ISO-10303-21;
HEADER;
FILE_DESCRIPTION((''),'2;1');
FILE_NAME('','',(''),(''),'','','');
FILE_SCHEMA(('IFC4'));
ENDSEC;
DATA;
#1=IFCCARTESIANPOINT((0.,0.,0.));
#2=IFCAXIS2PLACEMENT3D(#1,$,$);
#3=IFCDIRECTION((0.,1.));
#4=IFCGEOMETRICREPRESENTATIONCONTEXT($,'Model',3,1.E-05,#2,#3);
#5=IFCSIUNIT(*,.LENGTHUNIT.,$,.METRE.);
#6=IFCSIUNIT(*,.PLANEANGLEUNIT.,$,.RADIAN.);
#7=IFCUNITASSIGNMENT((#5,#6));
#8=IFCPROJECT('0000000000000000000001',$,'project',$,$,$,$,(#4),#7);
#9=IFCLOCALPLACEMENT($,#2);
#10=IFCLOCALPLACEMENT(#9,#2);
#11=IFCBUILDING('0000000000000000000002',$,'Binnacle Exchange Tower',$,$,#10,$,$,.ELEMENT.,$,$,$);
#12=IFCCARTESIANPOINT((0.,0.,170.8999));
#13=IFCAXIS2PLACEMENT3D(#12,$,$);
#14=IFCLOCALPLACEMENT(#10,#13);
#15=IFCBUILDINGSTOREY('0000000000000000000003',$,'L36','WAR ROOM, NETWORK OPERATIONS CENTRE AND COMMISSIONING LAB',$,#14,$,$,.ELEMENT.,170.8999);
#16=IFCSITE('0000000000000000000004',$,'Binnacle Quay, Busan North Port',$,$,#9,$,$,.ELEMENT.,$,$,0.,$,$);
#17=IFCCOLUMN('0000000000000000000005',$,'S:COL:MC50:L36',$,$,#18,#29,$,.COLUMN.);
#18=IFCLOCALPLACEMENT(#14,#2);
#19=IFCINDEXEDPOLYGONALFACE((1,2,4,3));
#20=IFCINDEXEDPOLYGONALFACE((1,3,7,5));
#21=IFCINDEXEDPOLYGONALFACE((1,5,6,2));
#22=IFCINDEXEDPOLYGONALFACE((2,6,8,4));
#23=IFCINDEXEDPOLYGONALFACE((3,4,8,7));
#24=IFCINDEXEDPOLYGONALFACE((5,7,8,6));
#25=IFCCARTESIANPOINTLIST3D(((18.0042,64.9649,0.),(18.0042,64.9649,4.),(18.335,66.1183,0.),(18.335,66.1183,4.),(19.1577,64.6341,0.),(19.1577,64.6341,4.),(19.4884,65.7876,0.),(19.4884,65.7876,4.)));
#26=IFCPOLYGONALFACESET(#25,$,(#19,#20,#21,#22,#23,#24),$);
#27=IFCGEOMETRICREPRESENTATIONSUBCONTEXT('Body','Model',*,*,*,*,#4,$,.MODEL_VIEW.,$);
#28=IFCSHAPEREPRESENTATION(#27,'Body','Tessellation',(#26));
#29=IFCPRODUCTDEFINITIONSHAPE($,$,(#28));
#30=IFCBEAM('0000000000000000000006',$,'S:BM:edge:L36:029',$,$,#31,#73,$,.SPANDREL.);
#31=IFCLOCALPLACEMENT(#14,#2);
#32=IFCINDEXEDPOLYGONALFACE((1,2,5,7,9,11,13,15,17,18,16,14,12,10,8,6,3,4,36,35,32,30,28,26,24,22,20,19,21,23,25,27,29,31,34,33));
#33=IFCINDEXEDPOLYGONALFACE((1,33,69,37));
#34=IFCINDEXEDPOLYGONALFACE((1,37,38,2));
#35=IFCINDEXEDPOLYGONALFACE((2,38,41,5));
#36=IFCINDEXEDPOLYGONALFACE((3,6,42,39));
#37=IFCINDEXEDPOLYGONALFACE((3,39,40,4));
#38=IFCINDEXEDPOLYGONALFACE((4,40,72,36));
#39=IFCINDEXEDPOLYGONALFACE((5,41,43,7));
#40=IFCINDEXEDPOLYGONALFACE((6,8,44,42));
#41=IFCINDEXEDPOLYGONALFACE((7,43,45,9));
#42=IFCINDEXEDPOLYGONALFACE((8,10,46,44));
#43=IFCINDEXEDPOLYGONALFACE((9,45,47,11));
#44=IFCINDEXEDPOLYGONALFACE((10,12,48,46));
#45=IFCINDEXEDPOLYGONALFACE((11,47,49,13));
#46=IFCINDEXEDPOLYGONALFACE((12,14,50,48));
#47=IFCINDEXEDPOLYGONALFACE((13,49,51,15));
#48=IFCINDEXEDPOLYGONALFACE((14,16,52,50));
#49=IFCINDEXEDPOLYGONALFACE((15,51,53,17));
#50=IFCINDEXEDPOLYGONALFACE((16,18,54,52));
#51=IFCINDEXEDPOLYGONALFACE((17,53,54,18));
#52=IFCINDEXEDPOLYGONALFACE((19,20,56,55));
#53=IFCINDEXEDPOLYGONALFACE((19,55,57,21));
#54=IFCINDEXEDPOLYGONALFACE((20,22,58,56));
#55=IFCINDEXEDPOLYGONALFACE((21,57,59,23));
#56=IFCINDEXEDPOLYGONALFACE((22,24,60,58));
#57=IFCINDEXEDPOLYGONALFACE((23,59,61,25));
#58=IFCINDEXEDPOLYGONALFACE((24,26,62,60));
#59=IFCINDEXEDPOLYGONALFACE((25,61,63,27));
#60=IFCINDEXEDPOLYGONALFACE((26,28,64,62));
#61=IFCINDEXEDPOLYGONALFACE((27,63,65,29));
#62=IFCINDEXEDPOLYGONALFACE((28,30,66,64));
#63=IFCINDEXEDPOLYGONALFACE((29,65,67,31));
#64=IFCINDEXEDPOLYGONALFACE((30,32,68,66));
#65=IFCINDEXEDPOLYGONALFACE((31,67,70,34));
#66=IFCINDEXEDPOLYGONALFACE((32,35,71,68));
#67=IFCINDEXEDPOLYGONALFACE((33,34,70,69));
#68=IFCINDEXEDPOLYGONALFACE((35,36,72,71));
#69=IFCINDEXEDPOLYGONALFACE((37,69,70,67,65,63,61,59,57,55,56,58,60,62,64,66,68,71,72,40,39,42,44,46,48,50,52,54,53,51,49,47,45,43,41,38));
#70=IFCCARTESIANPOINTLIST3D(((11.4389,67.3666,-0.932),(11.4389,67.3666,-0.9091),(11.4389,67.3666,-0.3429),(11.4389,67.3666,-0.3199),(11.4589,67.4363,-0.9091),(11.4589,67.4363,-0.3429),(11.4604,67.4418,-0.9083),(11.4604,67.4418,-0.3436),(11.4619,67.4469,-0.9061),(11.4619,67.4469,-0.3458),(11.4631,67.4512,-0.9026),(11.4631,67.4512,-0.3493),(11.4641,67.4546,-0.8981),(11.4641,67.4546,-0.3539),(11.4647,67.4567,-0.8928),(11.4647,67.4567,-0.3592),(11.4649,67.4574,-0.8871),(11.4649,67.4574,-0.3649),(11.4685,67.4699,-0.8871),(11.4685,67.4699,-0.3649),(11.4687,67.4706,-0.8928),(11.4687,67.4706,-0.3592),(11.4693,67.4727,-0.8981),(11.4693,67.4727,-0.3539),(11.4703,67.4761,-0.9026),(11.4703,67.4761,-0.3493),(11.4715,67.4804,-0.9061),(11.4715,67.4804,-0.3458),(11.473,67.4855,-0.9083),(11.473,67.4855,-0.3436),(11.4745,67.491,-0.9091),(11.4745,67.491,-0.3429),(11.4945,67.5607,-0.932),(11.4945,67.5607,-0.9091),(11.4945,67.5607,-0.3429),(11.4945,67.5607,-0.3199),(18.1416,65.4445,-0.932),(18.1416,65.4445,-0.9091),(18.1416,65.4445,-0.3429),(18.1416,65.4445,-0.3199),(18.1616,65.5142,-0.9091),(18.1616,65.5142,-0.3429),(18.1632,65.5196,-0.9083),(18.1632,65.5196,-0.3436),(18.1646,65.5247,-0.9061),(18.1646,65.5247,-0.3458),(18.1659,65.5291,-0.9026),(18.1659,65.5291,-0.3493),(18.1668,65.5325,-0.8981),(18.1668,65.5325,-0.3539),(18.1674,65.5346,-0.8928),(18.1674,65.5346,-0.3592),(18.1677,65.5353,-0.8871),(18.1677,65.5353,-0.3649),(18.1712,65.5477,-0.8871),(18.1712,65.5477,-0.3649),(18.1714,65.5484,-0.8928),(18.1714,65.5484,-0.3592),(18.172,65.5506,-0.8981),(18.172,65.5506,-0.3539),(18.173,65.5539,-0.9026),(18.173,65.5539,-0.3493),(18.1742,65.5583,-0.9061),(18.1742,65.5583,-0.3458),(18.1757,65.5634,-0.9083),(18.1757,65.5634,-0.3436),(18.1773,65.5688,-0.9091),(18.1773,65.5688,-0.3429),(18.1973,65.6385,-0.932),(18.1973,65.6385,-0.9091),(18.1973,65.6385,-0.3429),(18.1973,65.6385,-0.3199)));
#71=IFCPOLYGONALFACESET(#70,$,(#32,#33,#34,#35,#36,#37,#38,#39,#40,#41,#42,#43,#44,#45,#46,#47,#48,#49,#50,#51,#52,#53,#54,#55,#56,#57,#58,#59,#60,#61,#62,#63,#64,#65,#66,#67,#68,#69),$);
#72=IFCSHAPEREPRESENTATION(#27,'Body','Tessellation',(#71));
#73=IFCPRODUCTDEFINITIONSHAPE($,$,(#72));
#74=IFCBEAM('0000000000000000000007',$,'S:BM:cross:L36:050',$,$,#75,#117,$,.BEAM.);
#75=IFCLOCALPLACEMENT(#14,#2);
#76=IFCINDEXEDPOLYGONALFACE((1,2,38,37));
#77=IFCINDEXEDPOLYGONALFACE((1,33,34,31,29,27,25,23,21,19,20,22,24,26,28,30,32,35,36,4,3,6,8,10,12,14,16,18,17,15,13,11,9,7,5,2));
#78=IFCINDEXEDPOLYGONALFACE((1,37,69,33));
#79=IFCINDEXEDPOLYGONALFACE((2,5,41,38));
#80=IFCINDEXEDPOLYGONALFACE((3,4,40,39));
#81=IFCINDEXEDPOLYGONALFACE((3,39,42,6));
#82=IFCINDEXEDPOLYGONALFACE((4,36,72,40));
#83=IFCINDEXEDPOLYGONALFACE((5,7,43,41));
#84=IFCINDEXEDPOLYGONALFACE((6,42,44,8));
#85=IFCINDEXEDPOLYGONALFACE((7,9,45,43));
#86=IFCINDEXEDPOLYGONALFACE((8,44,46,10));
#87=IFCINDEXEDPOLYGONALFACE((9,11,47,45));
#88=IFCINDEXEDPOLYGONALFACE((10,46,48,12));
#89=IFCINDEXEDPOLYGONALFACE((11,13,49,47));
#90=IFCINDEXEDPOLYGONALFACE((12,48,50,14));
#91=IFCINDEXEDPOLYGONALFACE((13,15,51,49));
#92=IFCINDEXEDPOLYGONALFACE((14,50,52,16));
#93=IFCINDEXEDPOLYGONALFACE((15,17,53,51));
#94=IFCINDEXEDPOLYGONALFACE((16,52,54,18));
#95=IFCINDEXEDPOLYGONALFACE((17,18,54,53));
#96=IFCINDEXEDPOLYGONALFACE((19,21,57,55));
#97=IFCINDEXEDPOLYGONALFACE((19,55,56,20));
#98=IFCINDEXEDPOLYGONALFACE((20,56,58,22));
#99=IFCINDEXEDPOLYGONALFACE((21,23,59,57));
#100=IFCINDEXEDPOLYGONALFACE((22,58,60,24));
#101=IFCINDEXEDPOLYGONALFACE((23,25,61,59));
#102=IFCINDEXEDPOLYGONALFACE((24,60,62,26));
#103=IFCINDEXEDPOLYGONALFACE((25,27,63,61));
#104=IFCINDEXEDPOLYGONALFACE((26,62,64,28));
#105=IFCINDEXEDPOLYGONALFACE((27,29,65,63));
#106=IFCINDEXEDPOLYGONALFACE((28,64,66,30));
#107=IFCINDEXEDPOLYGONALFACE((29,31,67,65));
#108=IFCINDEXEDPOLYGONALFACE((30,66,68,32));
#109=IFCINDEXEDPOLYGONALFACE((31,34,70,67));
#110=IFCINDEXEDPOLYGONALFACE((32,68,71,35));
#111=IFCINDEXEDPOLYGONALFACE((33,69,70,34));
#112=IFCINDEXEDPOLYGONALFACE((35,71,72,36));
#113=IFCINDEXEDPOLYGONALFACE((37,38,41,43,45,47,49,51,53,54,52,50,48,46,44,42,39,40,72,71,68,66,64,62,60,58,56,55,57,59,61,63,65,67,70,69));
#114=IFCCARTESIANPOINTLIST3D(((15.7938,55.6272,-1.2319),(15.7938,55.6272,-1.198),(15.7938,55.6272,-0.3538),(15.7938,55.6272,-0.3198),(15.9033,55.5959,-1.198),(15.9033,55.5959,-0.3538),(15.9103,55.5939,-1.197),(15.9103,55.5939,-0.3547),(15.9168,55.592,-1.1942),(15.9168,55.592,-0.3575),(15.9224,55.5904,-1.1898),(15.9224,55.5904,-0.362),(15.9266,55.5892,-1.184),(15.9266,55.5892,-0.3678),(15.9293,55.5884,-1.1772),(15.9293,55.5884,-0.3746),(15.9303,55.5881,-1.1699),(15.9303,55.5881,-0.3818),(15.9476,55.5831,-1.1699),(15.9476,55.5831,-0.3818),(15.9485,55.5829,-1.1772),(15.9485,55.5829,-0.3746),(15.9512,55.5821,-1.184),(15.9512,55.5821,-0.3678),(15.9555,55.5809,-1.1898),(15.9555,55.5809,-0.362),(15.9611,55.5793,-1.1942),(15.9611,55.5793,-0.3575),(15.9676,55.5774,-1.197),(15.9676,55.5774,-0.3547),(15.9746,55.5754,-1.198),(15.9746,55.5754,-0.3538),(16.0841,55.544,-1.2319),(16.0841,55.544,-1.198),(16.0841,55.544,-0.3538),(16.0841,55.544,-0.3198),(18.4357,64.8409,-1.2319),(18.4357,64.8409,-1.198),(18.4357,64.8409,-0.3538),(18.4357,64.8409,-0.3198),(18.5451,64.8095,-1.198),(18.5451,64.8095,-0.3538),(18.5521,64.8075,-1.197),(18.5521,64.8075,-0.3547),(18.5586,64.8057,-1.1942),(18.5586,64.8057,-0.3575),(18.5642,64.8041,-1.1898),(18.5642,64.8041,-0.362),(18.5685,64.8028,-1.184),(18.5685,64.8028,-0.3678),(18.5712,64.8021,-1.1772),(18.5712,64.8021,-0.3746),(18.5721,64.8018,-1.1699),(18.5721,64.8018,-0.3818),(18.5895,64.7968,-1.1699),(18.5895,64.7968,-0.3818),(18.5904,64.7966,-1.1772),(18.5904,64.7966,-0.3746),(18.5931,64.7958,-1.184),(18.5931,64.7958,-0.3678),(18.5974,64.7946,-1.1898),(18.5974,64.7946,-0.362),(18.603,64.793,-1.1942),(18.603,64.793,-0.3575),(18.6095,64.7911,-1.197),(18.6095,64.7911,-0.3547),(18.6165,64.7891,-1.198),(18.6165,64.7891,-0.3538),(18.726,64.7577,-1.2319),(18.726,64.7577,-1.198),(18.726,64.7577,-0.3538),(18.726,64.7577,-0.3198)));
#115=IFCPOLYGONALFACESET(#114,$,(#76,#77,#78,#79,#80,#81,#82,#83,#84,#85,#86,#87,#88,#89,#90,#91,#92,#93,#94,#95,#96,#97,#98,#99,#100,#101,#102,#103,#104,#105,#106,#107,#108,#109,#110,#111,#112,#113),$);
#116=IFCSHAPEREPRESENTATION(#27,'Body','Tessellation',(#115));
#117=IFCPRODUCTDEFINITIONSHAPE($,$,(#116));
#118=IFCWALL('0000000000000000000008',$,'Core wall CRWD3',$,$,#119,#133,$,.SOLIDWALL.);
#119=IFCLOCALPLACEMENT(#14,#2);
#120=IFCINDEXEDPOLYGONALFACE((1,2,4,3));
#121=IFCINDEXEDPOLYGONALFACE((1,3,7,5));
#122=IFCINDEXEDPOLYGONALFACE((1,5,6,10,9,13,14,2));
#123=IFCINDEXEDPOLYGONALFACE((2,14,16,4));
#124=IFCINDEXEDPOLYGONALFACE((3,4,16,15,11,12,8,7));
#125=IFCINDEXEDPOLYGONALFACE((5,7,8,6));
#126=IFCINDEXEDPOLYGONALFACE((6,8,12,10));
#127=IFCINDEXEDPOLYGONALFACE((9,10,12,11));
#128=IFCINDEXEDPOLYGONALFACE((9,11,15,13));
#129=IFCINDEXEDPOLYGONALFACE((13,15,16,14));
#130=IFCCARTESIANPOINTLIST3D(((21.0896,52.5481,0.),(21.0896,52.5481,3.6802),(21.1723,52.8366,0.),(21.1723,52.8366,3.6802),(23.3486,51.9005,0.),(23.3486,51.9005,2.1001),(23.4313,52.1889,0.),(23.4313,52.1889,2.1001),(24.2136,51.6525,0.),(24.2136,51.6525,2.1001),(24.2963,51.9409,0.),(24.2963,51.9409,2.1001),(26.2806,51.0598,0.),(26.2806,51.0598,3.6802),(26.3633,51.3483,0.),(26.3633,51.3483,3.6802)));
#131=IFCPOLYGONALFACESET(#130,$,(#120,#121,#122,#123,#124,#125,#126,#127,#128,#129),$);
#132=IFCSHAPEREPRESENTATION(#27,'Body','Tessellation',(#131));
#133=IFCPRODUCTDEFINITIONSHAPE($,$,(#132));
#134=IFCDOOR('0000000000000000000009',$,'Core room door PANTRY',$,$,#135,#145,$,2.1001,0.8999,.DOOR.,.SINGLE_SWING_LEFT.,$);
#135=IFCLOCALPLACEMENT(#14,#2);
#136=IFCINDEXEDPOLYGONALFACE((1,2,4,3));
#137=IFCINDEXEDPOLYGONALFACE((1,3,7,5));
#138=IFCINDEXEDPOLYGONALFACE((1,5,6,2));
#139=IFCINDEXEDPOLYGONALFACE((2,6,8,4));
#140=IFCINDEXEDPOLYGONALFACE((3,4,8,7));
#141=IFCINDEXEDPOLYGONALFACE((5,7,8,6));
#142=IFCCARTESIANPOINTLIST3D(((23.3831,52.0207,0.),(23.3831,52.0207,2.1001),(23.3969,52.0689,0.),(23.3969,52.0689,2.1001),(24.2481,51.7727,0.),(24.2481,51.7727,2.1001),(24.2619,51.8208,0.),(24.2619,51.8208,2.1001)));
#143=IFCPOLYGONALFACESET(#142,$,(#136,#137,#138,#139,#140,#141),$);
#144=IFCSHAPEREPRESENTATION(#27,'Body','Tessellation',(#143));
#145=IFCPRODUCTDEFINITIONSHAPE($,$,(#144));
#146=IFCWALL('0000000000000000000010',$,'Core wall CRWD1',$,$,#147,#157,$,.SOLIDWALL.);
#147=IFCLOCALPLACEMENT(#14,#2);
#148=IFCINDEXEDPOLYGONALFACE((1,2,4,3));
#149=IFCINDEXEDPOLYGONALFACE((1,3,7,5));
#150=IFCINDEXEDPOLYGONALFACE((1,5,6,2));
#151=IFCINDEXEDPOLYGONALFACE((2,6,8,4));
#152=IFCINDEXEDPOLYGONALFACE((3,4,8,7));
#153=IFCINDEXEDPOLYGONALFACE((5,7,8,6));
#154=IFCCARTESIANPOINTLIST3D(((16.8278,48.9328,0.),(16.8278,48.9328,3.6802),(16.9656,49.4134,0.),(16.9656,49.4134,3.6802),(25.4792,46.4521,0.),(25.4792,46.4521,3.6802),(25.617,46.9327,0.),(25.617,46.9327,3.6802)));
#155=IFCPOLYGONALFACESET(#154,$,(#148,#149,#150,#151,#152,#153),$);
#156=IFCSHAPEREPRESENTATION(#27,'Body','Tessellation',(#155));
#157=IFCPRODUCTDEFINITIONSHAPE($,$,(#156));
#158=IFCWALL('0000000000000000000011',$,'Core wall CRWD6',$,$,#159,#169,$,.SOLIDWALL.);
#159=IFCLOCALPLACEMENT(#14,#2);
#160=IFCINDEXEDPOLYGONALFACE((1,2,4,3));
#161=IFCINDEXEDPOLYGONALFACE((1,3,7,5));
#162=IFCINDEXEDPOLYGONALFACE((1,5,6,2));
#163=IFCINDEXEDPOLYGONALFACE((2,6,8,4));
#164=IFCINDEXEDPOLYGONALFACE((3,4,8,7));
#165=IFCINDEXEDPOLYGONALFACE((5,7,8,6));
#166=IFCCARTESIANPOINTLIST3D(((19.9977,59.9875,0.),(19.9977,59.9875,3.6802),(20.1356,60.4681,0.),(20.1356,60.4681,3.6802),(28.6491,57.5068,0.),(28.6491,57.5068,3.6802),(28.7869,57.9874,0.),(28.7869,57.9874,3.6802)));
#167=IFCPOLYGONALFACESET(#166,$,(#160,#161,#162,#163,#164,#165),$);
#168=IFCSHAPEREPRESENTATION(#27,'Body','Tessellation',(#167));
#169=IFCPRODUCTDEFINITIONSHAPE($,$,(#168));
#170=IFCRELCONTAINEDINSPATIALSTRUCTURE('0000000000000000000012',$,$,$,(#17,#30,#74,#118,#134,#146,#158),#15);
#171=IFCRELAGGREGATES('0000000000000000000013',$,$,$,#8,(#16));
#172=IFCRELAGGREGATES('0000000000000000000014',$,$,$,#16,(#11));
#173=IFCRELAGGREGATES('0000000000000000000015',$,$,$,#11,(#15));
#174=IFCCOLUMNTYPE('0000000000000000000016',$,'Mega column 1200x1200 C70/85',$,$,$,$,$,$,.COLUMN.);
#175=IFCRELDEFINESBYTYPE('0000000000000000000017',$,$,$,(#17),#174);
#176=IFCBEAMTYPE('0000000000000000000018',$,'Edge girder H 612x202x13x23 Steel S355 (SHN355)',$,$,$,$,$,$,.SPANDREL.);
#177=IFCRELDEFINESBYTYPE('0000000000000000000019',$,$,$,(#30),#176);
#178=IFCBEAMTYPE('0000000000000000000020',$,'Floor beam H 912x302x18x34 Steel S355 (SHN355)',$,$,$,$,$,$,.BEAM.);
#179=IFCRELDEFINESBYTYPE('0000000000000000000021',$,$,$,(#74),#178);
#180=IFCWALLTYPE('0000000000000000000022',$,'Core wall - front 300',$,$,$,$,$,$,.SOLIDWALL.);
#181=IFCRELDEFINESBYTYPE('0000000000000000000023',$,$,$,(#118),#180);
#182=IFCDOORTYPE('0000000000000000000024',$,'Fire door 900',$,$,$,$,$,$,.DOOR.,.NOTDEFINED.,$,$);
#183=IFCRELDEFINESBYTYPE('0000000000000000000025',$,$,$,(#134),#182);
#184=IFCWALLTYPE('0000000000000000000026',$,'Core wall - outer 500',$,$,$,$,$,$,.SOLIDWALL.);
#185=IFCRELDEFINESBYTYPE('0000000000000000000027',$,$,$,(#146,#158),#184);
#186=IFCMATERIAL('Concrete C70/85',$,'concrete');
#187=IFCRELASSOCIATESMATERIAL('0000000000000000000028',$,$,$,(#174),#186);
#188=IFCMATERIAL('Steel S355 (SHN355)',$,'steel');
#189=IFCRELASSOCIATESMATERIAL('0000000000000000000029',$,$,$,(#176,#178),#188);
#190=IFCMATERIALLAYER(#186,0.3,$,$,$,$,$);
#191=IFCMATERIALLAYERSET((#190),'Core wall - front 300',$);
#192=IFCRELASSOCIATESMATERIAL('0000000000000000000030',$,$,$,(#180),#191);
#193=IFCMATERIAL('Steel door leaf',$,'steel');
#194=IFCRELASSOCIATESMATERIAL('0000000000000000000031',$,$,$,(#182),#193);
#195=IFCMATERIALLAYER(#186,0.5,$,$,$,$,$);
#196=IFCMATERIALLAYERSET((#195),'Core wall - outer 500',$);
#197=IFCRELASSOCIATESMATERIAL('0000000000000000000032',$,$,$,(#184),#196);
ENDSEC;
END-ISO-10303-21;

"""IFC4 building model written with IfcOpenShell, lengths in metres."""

from ifc_helpers import new_model, si_unit, direction, frame, frame_2d, origin, origin_2d, place, context, subcontext, project, spatial, rectangle, i_section, extrude, material, layer, layer_set, material_profile, profile_set, type_object, element, fill, save


model = new_model("IFC4")

# Units and contexts
model_context = context("Model", 3, precision=1e-05, world=origin(), true_north=direction((0.0, 1.0)))
body_context = subcontext(model_context, "Body", "Model", "MODEL_VIEW")
ifc_project = project(units=[si_unit("LENGTHUNIT", "METRE"), si_unit("PLANEANGLEUNIT", "RADIAN")], contexts=[model_context])

# Site, building, storey
site_placement = place(None, origin())
site = spatial("IfcSite", under=ifc_project, at=site_placement, Name="Binnacle Quay, Busan North Port", CompositionType="ELEMENT", RefElevation=0.0)
building_placement = place(site_placement, origin())
building = spatial("IfcBuilding", under=site, at=building_placement, Name="Binnacle Exchange Tower", CompositionType="ELEMENT")
storey_placement = place(building_placement, frame((0.0, 0.0, 170.8999)))
storey = spatial("IfcBuildingStorey", under=building, at=storey_placement, Name="L36", Description="WAR ROOM, NETWORK OPERATIONS CENTRE AND COMMISSIONING LAB", CompositionType="ELEMENT", Elevation=170.8999)

# Column
ifc_material_1 = material(Name="Concrete C70/85", Category="concrete")
ifc_material_profile_1 = material_profile(ifc_material_1, rectangle(XDim=1.2, YDim=1.2, at=origin_2d()), Name="Mega column 1200x1200 C70/85")
ifc_profile_set_1 = profile_set([ifc_material_profile_1], Name="Concrete C70/85")
column_type = type_object("IfcColumnType", Name="Mega column 1200x1200 C70/85", PredefinedType="COLUMN", material=ifc_profile_set_1)
column_placement = place(storey_placement, frame((18.7463, 65.3762, 0.0), z_axis=(0.0, 0.0, 1.0), x_axis=(-0.961262, 0.275637, 0.0)))
element("IfcColumn", 1, at=column_placement, inside=storey, type_object=column_type, Name="S:COL:MC50:L36", PredefinedType="COLUMN", context=body_context, shape_type="SweptSolid", body=[
    extrude(rectangle(XDim=1.2, YDim=1.2, at=origin_2d()), origin(), (0.0, 0.0, 1.0), 4.0),
])

# Beams
ifc_material_2 = material(Name="Steel S355 (SHN355)", Category="steel")
ifc_material_profile_2 = material_profile(ifc_material_2, i_section(OverallWidth=0.2019, OverallDepth=0.6121, WebThickness=0.0129, FlangeThickness=0.0229, FilletRadius=0.022, at=origin_2d()), Name="H 612x202x13x23")
ifc_profile_set_2 = profile_set([ifc_material_profile_2], Name="Steel S355 (SHN355)")
beam_type_1 = type_object("IfcBeamType", Name="Edge girder H 612x202x13x23 Steel S355 (SHN355)", PredefinedType="SPANDREL", material=ifc_profile_set_2)
beam_1_placement = place(storey_placement, frame((18.1694, 65.5415, -0.626), z_axis=(-0.961255, 0.27566, 0.0), x_axis=(-0.27566, -0.961255, 0.0)))
element("IfcBeam", 2, at=beam_1_placement, inside=storey, type_object=beam_type_1, Name="S:BM:edge:L36:029", PredefinedType="SPANDREL", context=body_context, shape_type="SweptSolid", body=[
    extrude(i_section(OverallWidth=0.2019, OverallDepth=0.6121, WebThickness=0.0129, FlangeThickness=0.0229, FilletRadius=0.022, at=origin_2d()), origin(), (0.0, 0.0, 1.0), 6.9729),
])
ifc_material_profile_3 = material_profile(ifc_material_2, i_section(OverallWidth=0.302, OverallDepth=0.9121, WebThickness=0.0181, FlangeThickness=0.0339, FilletRadius=0.0281, at=origin_2d()), Name="H 912x302x18x34")
ifc_profile_set_3 = profile_set([ifc_material_profile_3], Name="Steel S355 (SHN355)")
beam_type_2 = type_object("IfcBeamType", Name="Floor beam H 912x302x18x34 Steel S355 (SHN355)", PredefinedType="BEAM", material=ifc_profile_set_3)
beam_2_placement = place(storey_placement, frame((18.5808, 64.7993, -0.7759), z_axis=(-0.275626, -0.961265, 0.0), x_axis=(0.961265, -0.275626, 0.0)))
element("IfcBeam", 3, at=beam_2_placement, inside=storey, type_object=beam_type_2, Name="S:BM:cross:L36:050", PredefinedType="BEAM", context=body_context, shape_type="SweptSolid", body=[
    extrude(i_section(OverallWidth=0.302, OverallDepth=0.9121, WebThickness=0.0181, FlangeThickness=0.0339, FilletRadius=0.0281, at=origin_2d()), origin(), (0.0, 0.0, 1.0), 9.585),
])

# Wall, opening, door
ifc_layer_1 = layer(ifc_material_1, 0.3)
ifc_layer_set_1 = layer_set([ifc_layer_1], Name="Core wall - front 300")
wall_type_1 = type_object("IfcWallType", Name="Core wall - front 300", PredefinedType="SOLIDWALL", material=ifc_layer_set_1)
wall_1_placement = place(storey_placement, frame((21.1309, 52.6924, 0.0), z_axis=(0.0, 0.0, 1.0), x_axis=(0.961271, -0.275605, 0.0)))
wall_1 = element("IfcWall", 4, at=wall_1_placement, inside=storey, type_object=wall_type_1, Name="Core wall CRWD3", PredefinedType="SOLIDWALL", context=body_context, shape_type="SweptSolid", body=[
    extrude(rectangle(XDim=5.4001, YDim=0.3, at=frame_2d((2.7002, 0.0))), origin(), (0.0, 0.0, 1.0), 3.6802),
])
opening_1_placement = place(wall_1_placement, frame((2.3501, 0.0, 0.0)))
opening_1 = element("IfcOpeningElement", 5, at=opening_1_placement, cuts=wall_1, PredefinedType="OPENING", context=body_context, shape_type="SweptSolid", body=[
    extrude(rectangle(XDim=0.8999, YDim=2.1001, at=frame_2d((0.45, 1.05))), frame((0.0, 0.1599, 0.0), z_axis=(0.0, -1.0, 0.0), x_axis=(1.0, 0.0, 0.0)), (0.0, 0.0, 1.0), 0.3201),
])
ifc_material_3 = material(Name="Steel door leaf", Category="steel")
door_type_1 = type_object("IfcDoorType", Name="Fire door 900", OperationType="NOTDEFINED", PredefinedType="DOOR", material=ifc_material_3)
door_1_placement = place(opening_1_placement, frame((0.8999, 0.0, 0.0), z_axis=(0.0, 0.0, 1.0), x_axis=(-1.0, 0.0, 0.0)))
door_1 = element("IfcDoor", 6, at=door_1_placement, inside=storey, type_object=door_type_1, Name="Core room door PANTRY", OperationType="SINGLE_SWING_LEFT", OverallHeight=2.1001, OverallWidth=0.8999, PredefinedType="DOOR", context=body_context, shape_type="SweptSolid", body=[
    extrude(rectangle(XDim=0.8999, YDim=2.1001, at=frame_2d((0.45, 1.05))), frame((0.0, 0.0249, 0.0), z_axis=(0.0, -1.0, 0.0), x_axis=(1.0, 0.0, 0.0)), (0.0, 0.0, 1.0), 0.05),
])
fill(opening_1, door_1)

# Walls
ifc_layer_2 = layer(ifc_material_1, 0.5)
ifc_layer_set_2 = layer_set([ifc_layer_2], Name="Core wall - outer 500")
wall_type_2 = type_object("IfcWallType", Name="Core wall - outer 500", PredefinedType="SOLIDWALL", material=ifc_layer_set_2)
for number, where, z_axis, x_axis, name in (
    (7, (16.8967, 49.1731, 0.0), (0.0, 0.0, 1.0), (0.961262, -0.275635, 0.0), "Core wall CRWD1"),
    (8, (20.0667, 60.2278, 0.0), (0.0, 0.0, 1.0), (0.961262, -0.275635, 0.0), "Core wall CRWD6"),
):
    element("IfcWall", number, at=place(storey_placement, frame(where, z_axis=z_axis, x_axis=x_axis)), inside=storey, type_object=wall_type_2, Name=name, PredefinedType="SOLIDWALL", context=body_context, shape_type="SweptSolid", body=[
        extrude(rectangle(XDim=9.0, YDim=0.5, at=frame_2d((4.5, 0.0))), origin(), (0.0, 0.0, 1.0), 3.6802),
    ])

save(model, "model.ifc")
